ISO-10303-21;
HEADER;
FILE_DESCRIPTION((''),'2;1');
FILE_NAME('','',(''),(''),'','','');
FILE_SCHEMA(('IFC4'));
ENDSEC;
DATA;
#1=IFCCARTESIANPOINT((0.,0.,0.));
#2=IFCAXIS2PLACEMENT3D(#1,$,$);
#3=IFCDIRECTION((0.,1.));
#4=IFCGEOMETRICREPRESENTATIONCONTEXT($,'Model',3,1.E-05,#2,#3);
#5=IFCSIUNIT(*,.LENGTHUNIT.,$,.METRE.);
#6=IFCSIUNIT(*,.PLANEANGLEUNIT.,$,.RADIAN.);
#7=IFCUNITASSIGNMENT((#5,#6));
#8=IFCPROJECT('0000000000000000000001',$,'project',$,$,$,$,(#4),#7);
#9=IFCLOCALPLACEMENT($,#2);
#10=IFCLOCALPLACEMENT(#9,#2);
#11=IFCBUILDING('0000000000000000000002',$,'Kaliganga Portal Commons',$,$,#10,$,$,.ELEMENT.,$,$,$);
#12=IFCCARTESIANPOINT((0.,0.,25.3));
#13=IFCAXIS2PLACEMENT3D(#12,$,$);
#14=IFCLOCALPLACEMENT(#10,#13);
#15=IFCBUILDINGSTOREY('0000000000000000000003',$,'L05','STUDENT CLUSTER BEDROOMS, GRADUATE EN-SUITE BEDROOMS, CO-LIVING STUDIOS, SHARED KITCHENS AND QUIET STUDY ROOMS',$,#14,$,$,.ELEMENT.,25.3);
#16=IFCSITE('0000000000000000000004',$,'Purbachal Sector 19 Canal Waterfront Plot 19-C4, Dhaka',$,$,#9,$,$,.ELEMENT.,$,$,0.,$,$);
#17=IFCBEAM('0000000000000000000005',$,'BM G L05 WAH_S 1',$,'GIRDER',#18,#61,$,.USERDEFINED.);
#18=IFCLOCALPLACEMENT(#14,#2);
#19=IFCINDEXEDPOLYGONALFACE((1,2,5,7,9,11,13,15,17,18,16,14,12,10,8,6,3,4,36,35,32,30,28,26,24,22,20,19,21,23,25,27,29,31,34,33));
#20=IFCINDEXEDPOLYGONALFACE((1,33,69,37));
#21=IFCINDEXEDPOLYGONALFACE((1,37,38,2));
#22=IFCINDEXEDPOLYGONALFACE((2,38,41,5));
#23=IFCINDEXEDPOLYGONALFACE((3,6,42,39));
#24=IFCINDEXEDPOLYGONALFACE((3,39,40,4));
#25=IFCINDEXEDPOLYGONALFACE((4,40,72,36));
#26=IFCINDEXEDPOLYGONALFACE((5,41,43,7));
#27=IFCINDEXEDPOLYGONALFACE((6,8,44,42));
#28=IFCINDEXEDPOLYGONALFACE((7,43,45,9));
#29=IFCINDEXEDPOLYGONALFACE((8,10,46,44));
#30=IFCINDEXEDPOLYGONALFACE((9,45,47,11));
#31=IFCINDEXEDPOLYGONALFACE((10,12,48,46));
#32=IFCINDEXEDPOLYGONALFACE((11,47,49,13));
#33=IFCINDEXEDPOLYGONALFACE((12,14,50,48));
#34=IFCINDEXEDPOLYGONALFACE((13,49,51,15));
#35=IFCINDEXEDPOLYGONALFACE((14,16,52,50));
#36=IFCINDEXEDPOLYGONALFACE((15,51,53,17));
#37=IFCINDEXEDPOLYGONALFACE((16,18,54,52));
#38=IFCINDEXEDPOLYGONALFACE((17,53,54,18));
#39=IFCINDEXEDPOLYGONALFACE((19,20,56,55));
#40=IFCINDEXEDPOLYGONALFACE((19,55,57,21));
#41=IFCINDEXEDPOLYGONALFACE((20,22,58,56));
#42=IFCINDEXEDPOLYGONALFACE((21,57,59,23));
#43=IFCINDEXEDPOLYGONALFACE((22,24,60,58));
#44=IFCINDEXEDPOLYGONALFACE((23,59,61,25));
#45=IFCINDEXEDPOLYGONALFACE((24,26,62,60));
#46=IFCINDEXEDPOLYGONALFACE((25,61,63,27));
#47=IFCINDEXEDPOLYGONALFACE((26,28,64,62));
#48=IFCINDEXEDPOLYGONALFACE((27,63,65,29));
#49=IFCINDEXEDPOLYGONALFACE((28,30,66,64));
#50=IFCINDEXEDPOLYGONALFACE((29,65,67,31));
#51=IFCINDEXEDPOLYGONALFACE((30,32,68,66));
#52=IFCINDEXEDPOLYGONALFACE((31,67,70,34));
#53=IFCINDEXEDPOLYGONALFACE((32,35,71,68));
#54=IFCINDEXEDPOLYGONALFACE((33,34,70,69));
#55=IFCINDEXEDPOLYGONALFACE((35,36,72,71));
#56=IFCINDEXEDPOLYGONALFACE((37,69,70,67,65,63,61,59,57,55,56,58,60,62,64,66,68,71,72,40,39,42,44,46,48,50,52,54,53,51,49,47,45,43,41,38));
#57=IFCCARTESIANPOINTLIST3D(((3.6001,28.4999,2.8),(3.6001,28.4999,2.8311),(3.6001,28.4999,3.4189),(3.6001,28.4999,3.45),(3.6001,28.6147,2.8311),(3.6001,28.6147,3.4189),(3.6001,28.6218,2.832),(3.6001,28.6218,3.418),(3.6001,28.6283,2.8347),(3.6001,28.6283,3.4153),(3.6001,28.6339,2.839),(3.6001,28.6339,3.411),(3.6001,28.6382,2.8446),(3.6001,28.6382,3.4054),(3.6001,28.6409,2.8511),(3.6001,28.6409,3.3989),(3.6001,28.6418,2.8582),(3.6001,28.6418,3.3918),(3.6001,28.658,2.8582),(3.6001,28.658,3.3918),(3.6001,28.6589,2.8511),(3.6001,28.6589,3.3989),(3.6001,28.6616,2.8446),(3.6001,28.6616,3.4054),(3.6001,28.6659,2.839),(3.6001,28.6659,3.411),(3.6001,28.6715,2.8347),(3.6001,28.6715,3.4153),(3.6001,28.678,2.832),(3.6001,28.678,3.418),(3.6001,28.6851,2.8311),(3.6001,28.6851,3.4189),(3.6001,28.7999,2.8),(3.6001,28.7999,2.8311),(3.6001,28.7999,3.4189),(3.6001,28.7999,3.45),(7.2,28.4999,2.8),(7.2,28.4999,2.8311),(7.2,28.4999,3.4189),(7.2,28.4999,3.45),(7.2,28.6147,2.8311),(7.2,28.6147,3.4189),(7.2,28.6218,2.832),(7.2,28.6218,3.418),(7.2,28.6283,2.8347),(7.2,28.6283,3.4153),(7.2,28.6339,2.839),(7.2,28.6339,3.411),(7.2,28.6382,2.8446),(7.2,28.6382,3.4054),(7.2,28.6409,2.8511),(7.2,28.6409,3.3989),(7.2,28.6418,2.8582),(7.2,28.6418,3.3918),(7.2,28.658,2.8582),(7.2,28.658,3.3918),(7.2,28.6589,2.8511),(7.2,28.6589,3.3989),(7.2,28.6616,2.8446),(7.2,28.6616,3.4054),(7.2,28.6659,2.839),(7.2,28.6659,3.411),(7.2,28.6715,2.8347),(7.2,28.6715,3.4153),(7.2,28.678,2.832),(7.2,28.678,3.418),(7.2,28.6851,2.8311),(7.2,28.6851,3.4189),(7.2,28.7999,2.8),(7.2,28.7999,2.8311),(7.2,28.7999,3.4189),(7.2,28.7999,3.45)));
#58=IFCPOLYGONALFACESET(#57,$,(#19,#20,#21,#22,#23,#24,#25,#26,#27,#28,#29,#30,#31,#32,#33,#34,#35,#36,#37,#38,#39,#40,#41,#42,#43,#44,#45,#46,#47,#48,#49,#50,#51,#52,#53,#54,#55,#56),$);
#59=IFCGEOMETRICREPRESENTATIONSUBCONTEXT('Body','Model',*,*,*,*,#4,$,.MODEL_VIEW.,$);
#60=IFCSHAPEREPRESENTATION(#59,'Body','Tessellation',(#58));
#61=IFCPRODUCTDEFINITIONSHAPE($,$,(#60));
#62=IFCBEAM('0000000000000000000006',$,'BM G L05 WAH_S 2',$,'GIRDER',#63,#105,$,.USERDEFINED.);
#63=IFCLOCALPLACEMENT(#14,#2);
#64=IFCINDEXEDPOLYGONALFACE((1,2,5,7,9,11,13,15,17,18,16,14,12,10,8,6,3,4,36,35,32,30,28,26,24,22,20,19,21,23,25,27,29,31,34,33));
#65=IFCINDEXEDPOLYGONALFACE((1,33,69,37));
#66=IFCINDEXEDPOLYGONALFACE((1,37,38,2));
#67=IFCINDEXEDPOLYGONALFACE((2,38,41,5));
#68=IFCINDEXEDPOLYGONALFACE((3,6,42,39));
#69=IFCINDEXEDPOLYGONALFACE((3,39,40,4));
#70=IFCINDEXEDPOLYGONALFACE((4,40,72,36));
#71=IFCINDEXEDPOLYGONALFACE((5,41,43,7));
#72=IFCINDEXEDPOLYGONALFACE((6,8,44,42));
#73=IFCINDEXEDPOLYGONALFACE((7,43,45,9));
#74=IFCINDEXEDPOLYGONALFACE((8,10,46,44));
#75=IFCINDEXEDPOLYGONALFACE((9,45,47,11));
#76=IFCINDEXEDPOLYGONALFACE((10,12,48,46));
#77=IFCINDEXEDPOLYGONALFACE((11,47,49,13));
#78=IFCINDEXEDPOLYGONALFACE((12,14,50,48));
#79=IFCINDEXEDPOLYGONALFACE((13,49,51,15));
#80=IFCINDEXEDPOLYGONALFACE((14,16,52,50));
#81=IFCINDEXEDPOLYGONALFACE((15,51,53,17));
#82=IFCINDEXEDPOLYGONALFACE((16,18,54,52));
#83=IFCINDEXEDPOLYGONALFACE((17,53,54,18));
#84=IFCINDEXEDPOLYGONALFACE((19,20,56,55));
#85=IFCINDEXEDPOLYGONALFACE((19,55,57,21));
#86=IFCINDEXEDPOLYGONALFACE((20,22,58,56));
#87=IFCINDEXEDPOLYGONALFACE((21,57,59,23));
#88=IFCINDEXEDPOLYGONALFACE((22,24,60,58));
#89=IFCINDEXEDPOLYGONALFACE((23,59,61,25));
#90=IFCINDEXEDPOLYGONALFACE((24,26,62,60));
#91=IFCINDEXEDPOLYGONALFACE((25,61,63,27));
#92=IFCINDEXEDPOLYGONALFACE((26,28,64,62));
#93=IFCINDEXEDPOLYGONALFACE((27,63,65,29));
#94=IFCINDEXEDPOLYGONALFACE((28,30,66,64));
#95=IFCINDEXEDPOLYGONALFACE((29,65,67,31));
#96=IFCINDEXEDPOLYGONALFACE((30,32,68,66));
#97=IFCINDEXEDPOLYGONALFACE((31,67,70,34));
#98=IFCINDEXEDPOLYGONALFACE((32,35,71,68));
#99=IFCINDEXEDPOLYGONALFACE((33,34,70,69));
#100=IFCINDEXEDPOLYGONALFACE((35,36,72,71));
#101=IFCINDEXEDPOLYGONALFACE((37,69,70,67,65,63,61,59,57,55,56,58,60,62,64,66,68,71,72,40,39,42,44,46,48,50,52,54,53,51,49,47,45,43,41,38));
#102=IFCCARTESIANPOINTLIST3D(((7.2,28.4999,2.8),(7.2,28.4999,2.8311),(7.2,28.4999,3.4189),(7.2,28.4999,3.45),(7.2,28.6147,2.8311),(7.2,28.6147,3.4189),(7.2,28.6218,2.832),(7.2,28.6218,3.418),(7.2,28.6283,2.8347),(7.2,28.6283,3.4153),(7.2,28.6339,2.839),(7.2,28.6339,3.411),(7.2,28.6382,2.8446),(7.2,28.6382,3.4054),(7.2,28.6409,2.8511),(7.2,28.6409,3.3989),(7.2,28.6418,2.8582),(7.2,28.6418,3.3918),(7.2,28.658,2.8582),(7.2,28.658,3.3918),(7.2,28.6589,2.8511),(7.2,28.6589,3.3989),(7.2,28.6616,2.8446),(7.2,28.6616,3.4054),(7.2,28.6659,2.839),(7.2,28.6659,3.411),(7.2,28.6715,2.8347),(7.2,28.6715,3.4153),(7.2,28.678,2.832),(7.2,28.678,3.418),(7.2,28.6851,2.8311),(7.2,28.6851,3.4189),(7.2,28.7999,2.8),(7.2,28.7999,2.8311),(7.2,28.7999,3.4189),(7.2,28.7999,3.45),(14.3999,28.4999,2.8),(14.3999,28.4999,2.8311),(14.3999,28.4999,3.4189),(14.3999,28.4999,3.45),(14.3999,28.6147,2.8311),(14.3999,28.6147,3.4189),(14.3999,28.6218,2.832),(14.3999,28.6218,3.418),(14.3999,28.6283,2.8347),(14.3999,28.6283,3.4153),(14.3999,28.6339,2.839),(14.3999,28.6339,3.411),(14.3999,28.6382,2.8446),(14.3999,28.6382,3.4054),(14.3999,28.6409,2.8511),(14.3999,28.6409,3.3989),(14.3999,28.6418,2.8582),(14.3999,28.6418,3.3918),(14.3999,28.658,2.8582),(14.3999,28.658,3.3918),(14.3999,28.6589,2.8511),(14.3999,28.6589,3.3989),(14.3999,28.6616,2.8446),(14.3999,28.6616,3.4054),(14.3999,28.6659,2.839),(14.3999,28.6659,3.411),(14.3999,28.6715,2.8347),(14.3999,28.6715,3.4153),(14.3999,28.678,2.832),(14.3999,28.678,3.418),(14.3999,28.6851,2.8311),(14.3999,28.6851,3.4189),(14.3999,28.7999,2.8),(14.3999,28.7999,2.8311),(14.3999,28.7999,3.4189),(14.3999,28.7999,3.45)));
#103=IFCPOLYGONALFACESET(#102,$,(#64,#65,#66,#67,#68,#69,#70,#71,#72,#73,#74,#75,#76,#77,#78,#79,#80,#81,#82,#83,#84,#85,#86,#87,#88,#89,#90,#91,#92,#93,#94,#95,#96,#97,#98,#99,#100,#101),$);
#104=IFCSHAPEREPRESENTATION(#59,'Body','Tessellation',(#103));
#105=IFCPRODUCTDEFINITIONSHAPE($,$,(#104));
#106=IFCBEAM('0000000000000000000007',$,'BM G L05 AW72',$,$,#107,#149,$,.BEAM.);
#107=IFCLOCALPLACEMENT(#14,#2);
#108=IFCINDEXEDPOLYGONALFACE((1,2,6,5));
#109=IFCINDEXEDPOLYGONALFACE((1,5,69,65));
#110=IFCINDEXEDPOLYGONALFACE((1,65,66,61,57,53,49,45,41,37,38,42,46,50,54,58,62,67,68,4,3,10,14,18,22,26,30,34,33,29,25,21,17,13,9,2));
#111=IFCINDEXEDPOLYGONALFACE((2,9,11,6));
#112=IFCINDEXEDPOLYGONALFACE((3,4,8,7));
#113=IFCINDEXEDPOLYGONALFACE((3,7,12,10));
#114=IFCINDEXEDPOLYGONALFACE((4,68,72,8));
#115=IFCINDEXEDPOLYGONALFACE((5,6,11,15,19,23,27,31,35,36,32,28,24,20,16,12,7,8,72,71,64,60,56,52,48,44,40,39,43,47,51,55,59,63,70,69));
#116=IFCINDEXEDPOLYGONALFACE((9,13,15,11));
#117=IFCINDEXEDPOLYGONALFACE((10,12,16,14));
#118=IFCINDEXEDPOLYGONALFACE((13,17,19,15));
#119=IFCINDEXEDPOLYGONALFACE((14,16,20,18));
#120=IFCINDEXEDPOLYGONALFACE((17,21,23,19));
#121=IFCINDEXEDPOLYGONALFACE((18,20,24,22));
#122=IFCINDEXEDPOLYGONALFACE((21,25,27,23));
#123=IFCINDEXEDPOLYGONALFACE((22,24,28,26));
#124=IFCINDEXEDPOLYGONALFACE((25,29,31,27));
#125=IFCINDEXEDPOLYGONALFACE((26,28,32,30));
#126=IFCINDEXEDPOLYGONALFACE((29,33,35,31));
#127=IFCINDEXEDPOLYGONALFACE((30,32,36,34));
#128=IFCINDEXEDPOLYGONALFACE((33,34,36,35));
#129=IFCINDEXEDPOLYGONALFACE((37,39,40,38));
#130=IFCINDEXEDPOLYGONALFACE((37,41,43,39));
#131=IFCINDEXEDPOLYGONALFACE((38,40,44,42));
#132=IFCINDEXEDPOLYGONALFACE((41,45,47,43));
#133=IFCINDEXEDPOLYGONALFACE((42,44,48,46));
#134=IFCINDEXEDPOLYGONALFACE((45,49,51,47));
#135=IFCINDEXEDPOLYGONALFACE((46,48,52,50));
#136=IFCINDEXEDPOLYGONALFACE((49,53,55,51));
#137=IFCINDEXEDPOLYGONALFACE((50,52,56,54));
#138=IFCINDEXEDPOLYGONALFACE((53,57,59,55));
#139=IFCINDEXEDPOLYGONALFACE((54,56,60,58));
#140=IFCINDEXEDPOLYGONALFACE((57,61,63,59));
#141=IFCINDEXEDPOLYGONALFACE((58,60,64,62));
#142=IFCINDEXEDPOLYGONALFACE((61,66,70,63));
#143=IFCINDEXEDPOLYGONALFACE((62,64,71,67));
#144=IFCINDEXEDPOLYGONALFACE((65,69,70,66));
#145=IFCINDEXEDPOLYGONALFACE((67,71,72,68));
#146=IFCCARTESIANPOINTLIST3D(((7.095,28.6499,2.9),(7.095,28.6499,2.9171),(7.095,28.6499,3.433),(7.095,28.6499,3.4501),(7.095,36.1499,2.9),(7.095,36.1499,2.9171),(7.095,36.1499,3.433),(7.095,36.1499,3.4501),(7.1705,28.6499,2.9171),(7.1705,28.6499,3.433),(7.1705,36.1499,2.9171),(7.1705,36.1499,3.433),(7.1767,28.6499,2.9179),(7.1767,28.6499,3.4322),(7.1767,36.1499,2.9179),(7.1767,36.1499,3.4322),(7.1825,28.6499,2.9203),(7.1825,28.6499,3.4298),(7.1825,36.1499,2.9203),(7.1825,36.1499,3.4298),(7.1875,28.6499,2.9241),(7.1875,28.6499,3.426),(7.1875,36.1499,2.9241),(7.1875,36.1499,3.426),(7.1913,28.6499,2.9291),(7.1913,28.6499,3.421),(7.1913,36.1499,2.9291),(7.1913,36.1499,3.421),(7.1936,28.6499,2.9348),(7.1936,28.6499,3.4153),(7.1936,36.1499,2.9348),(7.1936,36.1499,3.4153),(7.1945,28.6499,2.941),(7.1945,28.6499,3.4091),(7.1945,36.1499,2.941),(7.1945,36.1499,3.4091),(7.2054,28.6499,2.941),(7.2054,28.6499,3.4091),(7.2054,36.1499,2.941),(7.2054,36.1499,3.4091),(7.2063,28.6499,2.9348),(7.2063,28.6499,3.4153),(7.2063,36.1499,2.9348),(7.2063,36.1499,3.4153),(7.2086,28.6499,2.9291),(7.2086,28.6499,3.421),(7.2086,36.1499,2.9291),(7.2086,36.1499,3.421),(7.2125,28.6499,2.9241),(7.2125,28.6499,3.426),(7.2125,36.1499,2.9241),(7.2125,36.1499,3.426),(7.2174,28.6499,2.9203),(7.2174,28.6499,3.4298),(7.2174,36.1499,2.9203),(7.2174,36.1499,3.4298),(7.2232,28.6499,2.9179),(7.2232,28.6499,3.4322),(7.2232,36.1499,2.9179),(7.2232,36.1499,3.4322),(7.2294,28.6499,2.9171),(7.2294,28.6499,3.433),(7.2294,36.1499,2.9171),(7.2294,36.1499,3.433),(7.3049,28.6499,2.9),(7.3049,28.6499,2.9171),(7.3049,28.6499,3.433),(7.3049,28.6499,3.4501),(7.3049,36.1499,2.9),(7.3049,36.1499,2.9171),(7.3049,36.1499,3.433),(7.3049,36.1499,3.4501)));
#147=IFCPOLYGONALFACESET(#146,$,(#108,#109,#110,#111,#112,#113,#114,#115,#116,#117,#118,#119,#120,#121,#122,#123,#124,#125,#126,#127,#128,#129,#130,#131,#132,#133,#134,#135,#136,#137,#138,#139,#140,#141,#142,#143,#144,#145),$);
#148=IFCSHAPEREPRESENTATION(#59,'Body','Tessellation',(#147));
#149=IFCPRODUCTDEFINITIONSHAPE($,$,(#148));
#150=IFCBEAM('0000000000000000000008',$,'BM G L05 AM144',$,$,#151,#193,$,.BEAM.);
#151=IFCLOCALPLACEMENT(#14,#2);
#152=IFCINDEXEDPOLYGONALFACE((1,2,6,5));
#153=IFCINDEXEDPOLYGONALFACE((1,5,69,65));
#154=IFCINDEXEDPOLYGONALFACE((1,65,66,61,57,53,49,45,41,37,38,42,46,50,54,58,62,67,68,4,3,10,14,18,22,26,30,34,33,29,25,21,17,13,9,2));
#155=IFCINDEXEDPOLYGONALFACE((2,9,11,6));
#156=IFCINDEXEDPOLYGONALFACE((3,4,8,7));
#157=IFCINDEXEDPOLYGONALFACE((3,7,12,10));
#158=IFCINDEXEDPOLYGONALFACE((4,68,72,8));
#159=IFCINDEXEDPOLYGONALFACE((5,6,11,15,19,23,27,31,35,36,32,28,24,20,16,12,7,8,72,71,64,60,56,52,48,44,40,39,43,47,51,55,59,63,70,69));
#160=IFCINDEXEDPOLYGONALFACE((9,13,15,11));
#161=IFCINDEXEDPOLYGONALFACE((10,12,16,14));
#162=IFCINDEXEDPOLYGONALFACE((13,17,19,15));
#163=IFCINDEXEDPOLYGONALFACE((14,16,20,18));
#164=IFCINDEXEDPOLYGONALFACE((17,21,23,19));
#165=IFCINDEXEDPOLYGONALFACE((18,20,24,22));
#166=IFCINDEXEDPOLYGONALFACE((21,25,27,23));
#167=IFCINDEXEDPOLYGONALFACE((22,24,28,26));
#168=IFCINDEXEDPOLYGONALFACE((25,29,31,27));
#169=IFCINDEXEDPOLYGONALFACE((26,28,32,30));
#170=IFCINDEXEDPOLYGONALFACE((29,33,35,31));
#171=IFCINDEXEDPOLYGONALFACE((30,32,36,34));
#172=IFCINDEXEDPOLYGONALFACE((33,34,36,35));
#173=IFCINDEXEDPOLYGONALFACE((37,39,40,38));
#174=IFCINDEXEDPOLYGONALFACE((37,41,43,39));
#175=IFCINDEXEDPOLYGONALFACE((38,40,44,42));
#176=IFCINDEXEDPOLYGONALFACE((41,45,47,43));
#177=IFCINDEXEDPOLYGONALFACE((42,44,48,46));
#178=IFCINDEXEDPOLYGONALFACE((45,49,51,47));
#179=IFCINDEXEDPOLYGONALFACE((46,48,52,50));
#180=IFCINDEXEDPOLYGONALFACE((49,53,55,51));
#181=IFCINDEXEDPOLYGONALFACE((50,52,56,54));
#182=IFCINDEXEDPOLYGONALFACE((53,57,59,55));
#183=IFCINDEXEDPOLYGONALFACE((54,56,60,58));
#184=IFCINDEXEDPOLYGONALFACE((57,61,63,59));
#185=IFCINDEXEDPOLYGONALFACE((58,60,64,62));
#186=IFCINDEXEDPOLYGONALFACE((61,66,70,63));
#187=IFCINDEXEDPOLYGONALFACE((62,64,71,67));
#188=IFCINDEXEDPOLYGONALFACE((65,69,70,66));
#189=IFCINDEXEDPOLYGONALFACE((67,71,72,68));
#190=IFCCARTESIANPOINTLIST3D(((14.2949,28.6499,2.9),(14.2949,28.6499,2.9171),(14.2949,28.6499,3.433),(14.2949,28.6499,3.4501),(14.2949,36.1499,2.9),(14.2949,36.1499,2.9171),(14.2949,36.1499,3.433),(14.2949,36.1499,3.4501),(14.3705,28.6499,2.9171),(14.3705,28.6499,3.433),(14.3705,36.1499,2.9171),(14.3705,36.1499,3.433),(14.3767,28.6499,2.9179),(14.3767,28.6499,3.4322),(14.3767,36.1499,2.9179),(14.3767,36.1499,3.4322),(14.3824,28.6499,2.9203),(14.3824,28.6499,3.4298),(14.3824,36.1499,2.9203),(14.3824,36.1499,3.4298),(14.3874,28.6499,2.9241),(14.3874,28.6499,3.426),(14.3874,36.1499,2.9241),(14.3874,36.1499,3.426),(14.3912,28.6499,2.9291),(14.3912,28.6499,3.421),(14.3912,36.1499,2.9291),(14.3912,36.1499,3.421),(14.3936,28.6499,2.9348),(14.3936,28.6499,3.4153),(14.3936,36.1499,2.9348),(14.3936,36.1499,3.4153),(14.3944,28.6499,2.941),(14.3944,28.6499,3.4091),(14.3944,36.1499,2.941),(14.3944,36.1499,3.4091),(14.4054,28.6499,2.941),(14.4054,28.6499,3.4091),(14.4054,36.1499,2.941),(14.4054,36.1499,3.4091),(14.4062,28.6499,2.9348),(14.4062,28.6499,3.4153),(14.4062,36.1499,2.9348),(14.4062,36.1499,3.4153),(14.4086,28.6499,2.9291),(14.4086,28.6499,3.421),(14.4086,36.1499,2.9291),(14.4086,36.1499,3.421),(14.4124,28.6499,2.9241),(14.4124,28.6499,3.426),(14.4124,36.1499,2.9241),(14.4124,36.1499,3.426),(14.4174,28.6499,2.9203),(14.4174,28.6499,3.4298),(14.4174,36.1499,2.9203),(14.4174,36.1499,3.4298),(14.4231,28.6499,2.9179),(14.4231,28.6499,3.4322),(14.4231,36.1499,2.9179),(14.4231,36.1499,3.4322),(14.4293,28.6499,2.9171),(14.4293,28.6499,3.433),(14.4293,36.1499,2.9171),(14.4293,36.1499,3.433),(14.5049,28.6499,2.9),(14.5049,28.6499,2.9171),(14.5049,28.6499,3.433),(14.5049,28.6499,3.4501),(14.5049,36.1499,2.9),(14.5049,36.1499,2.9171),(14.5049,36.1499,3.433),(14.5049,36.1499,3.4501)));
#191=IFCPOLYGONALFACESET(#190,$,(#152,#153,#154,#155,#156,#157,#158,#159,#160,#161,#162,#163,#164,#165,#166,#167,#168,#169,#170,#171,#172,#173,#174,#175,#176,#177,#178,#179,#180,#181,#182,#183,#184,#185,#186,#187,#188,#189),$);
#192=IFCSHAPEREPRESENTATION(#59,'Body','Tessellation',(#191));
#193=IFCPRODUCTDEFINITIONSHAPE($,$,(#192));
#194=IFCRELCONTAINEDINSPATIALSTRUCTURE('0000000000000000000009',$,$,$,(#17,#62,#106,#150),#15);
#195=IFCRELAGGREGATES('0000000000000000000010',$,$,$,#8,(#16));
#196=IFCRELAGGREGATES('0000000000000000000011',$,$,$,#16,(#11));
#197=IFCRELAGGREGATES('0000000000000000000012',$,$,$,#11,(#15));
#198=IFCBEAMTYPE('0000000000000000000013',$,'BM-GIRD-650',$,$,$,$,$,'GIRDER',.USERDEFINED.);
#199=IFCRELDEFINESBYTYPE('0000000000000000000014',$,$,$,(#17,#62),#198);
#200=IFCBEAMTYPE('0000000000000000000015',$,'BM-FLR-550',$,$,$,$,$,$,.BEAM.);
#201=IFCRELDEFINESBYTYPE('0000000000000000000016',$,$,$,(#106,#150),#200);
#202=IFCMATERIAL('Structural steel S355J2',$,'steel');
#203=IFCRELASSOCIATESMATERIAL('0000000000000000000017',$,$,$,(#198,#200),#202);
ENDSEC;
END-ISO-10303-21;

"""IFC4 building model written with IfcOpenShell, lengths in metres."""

from ifc_helpers import new_model, si_unit, direction, frame, origin, origin_2d, place, context, subcontext, project, spatial, i_section, extrude, source, transform, mapped, material, material_profile, profile_set, type_object, element, save


model = new_model("IFC4")

# Units and contexts
model_context = context("Model", 3, precision=1e-05, world=origin(), true_north=direction((0.0, 1.0)))
body_context = subcontext(model_context, "Body", "Model", "MODEL_VIEW")
ifc_project = project(units=[si_unit("LENGTHUNIT", "METRE"), si_unit("PLANEANGLEUNIT", "RADIAN")], contexts=[model_context])

# Site, building, storey
site_placement = place(None, origin())
site = spatial("IfcSite", under=ifc_project, at=site_placement, Name="Purbachal Sector 19 Canal Waterfront Plot 19-C4, Dhaka", CompositionType="ELEMENT", RefElevation=0.0)
building_placement = place(site_placement, origin())
building = spatial("IfcBuilding", under=site, at=building_placement, Name="Kaliganga Portal Commons", CompositionType="ELEMENT")
storey_placement = place(building_placement, frame((0.0, 0.0, 25.3)))
storey = spatial("IfcBuildingStorey", under=building, at=storey_placement, Name="L05", Description="STUDENT CLUSTER BEDROOMS, GRADUATE EN-SUITE BEDROOMS, CO-LIVING STUDIOS, SHARED KITCHENS AND QUIET STUDY ROOMS", CompositionType="ELEMENT", Elevation=25.3)

# Beams
ifc_material_1 = material(Name="Structural steel S355J2", Category="steel")
ifc_material_profile_1 = material_profile(ifc_material_1, i_section(OverallWidth=0.3, OverallDepth=0.6499, WebThickness=0.0161, FlangeThickness=0.031, FilletRadius=0.0271, at=origin_2d()), Name="HE 650 B")
ifc_profile_set_1 = profile_set([ifc_material_profile_1], Name="Structural steel S355J2 wide-flange")
beam_type_1 = type_object("IfcBeamType", Name="BM-GIRD-650", ElementType="GIRDER", PredefinedType="USERDEFINED", material=ifc_profile_set_1)
shared_shape_1 = source(origin(), body_context, "Body", "SweptSolid", [
    extrude(i_section(OverallWidth=0.3, OverallDepth=0.6499, WebThickness=0.0161, FlangeThickness=0.031, FilletRadius=0.0271, at=origin_2d()), origin(), (0.0, 0.0, 1.0), 3.5999),
])
beam_1_placement = place(storey_placement, frame((3.6001, 28.6499, 3.125), z_axis=(1.0, 0.0, 0.0), x_axis=(0.0, 1.0, 0.0)))
element("IfcBeam", 1, at=beam_1_placement, inside=storey, type_object=beam_type_1, Name="BM G L05 WAH_S 1", ObjectType="GIRDER", PredefinedType="USERDEFINED", context=body_context, shape_type="MappedRepresentation", body=[
    mapped(shared_shape_1, transform((0.0, 0.0, 0.0), x_axis=(1.0, 0.0, 0.0), y_axis=(0.0, 1.0, 0.0), z_axis=(0.0, 0.0, 1.0), scale=1.0)),
])
shared_shape_2 = source(origin(), body_context, "Body", "SweptSolid", [
    extrude(i_section(OverallWidth=0.3, OverallDepth=0.6499, WebThickness=0.0161, FlangeThickness=0.031, FilletRadius=0.0271, at=origin_2d()), origin(), (0.0, 0.0, 1.0), 7.2),
])
beam_2_placement = place(storey_placement, frame((7.2, 28.6499, 3.125), z_axis=(1.0, 0.0, 0.0), x_axis=(0.0, 1.0, 0.0)))
element("IfcBeam", 2, at=beam_2_placement, inside=storey, type_object=beam_type_1, Name="BM G L05 WAH_S 2", ObjectType="GIRDER", PredefinedType="USERDEFINED", context=body_context, shape_type="MappedRepresentation", body=[
    mapped(shared_shape_2, transform((0.0, 0.0, 0.0), x_axis=(1.0, 0.0, 0.0), y_axis=(0.0, 1.0, 0.0), z_axis=(0.0, 0.0, 1.0), scale=1.0)),
])
ifc_material_profile_2 = material_profile(ifc_material_1, i_section(OverallWidth=0.21, OverallDepth=0.55, WebThickness=0.011, FlangeThickness=0.0171, FilletRadius=0.0239, at=origin_2d()), Name="IPE 550")
ifc_profile_set_2 = profile_set([ifc_material_profile_2], Name="Structural steel S355J2 wide-flange")
beam_type_2 = type_object("IfcBeamType", Name="BM-FLR-550", PredefinedType="BEAM", material=ifc_profile_set_2)
shared_shape_3 = source(origin(), body_context, "Body", "SweptSolid", [
    extrude(i_section(OverallWidth=0.21, OverallDepth=0.55, WebThickness=0.011, FlangeThickness=0.0171, FilletRadius=0.0239, at=origin_2d()), origin(), (0.0, 0.0, 1.0), 7.5),
])
for number, where, z_axis, x_axis, name in (
    (3, (7.2, 28.6499, 3.175), (0.0, 1.0, 0.0), (-1.0, 0.0, 0.0), "BM G L05 AW72"),
    (4, (14.3999, 28.6499, 3.175), (0.0, 1.0, 0.0), (-1.0, 0.0, 0.0), "BM G L05 AM144"),
):
    element("IfcBeam", number, at=place(storey_placement, frame(where, z_axis=z_axis, x_axis=x_axis)), inside=storey, type_object=beam_type_2, Name=name, PredefinedType="BEAM", context=body_context, shape_type="MappedRepresentation", body=[
        mapped(shared_shape_3, transform((0.0, 0.0, 0.0), x_axis=(1.0, 0.0, 0.0), y_axis=(0.0, 1.0, 0.0), z_axis=(0.0, 0.0, 1.0), scale=1.0)),
    ])

save(model, "model.ifc")
